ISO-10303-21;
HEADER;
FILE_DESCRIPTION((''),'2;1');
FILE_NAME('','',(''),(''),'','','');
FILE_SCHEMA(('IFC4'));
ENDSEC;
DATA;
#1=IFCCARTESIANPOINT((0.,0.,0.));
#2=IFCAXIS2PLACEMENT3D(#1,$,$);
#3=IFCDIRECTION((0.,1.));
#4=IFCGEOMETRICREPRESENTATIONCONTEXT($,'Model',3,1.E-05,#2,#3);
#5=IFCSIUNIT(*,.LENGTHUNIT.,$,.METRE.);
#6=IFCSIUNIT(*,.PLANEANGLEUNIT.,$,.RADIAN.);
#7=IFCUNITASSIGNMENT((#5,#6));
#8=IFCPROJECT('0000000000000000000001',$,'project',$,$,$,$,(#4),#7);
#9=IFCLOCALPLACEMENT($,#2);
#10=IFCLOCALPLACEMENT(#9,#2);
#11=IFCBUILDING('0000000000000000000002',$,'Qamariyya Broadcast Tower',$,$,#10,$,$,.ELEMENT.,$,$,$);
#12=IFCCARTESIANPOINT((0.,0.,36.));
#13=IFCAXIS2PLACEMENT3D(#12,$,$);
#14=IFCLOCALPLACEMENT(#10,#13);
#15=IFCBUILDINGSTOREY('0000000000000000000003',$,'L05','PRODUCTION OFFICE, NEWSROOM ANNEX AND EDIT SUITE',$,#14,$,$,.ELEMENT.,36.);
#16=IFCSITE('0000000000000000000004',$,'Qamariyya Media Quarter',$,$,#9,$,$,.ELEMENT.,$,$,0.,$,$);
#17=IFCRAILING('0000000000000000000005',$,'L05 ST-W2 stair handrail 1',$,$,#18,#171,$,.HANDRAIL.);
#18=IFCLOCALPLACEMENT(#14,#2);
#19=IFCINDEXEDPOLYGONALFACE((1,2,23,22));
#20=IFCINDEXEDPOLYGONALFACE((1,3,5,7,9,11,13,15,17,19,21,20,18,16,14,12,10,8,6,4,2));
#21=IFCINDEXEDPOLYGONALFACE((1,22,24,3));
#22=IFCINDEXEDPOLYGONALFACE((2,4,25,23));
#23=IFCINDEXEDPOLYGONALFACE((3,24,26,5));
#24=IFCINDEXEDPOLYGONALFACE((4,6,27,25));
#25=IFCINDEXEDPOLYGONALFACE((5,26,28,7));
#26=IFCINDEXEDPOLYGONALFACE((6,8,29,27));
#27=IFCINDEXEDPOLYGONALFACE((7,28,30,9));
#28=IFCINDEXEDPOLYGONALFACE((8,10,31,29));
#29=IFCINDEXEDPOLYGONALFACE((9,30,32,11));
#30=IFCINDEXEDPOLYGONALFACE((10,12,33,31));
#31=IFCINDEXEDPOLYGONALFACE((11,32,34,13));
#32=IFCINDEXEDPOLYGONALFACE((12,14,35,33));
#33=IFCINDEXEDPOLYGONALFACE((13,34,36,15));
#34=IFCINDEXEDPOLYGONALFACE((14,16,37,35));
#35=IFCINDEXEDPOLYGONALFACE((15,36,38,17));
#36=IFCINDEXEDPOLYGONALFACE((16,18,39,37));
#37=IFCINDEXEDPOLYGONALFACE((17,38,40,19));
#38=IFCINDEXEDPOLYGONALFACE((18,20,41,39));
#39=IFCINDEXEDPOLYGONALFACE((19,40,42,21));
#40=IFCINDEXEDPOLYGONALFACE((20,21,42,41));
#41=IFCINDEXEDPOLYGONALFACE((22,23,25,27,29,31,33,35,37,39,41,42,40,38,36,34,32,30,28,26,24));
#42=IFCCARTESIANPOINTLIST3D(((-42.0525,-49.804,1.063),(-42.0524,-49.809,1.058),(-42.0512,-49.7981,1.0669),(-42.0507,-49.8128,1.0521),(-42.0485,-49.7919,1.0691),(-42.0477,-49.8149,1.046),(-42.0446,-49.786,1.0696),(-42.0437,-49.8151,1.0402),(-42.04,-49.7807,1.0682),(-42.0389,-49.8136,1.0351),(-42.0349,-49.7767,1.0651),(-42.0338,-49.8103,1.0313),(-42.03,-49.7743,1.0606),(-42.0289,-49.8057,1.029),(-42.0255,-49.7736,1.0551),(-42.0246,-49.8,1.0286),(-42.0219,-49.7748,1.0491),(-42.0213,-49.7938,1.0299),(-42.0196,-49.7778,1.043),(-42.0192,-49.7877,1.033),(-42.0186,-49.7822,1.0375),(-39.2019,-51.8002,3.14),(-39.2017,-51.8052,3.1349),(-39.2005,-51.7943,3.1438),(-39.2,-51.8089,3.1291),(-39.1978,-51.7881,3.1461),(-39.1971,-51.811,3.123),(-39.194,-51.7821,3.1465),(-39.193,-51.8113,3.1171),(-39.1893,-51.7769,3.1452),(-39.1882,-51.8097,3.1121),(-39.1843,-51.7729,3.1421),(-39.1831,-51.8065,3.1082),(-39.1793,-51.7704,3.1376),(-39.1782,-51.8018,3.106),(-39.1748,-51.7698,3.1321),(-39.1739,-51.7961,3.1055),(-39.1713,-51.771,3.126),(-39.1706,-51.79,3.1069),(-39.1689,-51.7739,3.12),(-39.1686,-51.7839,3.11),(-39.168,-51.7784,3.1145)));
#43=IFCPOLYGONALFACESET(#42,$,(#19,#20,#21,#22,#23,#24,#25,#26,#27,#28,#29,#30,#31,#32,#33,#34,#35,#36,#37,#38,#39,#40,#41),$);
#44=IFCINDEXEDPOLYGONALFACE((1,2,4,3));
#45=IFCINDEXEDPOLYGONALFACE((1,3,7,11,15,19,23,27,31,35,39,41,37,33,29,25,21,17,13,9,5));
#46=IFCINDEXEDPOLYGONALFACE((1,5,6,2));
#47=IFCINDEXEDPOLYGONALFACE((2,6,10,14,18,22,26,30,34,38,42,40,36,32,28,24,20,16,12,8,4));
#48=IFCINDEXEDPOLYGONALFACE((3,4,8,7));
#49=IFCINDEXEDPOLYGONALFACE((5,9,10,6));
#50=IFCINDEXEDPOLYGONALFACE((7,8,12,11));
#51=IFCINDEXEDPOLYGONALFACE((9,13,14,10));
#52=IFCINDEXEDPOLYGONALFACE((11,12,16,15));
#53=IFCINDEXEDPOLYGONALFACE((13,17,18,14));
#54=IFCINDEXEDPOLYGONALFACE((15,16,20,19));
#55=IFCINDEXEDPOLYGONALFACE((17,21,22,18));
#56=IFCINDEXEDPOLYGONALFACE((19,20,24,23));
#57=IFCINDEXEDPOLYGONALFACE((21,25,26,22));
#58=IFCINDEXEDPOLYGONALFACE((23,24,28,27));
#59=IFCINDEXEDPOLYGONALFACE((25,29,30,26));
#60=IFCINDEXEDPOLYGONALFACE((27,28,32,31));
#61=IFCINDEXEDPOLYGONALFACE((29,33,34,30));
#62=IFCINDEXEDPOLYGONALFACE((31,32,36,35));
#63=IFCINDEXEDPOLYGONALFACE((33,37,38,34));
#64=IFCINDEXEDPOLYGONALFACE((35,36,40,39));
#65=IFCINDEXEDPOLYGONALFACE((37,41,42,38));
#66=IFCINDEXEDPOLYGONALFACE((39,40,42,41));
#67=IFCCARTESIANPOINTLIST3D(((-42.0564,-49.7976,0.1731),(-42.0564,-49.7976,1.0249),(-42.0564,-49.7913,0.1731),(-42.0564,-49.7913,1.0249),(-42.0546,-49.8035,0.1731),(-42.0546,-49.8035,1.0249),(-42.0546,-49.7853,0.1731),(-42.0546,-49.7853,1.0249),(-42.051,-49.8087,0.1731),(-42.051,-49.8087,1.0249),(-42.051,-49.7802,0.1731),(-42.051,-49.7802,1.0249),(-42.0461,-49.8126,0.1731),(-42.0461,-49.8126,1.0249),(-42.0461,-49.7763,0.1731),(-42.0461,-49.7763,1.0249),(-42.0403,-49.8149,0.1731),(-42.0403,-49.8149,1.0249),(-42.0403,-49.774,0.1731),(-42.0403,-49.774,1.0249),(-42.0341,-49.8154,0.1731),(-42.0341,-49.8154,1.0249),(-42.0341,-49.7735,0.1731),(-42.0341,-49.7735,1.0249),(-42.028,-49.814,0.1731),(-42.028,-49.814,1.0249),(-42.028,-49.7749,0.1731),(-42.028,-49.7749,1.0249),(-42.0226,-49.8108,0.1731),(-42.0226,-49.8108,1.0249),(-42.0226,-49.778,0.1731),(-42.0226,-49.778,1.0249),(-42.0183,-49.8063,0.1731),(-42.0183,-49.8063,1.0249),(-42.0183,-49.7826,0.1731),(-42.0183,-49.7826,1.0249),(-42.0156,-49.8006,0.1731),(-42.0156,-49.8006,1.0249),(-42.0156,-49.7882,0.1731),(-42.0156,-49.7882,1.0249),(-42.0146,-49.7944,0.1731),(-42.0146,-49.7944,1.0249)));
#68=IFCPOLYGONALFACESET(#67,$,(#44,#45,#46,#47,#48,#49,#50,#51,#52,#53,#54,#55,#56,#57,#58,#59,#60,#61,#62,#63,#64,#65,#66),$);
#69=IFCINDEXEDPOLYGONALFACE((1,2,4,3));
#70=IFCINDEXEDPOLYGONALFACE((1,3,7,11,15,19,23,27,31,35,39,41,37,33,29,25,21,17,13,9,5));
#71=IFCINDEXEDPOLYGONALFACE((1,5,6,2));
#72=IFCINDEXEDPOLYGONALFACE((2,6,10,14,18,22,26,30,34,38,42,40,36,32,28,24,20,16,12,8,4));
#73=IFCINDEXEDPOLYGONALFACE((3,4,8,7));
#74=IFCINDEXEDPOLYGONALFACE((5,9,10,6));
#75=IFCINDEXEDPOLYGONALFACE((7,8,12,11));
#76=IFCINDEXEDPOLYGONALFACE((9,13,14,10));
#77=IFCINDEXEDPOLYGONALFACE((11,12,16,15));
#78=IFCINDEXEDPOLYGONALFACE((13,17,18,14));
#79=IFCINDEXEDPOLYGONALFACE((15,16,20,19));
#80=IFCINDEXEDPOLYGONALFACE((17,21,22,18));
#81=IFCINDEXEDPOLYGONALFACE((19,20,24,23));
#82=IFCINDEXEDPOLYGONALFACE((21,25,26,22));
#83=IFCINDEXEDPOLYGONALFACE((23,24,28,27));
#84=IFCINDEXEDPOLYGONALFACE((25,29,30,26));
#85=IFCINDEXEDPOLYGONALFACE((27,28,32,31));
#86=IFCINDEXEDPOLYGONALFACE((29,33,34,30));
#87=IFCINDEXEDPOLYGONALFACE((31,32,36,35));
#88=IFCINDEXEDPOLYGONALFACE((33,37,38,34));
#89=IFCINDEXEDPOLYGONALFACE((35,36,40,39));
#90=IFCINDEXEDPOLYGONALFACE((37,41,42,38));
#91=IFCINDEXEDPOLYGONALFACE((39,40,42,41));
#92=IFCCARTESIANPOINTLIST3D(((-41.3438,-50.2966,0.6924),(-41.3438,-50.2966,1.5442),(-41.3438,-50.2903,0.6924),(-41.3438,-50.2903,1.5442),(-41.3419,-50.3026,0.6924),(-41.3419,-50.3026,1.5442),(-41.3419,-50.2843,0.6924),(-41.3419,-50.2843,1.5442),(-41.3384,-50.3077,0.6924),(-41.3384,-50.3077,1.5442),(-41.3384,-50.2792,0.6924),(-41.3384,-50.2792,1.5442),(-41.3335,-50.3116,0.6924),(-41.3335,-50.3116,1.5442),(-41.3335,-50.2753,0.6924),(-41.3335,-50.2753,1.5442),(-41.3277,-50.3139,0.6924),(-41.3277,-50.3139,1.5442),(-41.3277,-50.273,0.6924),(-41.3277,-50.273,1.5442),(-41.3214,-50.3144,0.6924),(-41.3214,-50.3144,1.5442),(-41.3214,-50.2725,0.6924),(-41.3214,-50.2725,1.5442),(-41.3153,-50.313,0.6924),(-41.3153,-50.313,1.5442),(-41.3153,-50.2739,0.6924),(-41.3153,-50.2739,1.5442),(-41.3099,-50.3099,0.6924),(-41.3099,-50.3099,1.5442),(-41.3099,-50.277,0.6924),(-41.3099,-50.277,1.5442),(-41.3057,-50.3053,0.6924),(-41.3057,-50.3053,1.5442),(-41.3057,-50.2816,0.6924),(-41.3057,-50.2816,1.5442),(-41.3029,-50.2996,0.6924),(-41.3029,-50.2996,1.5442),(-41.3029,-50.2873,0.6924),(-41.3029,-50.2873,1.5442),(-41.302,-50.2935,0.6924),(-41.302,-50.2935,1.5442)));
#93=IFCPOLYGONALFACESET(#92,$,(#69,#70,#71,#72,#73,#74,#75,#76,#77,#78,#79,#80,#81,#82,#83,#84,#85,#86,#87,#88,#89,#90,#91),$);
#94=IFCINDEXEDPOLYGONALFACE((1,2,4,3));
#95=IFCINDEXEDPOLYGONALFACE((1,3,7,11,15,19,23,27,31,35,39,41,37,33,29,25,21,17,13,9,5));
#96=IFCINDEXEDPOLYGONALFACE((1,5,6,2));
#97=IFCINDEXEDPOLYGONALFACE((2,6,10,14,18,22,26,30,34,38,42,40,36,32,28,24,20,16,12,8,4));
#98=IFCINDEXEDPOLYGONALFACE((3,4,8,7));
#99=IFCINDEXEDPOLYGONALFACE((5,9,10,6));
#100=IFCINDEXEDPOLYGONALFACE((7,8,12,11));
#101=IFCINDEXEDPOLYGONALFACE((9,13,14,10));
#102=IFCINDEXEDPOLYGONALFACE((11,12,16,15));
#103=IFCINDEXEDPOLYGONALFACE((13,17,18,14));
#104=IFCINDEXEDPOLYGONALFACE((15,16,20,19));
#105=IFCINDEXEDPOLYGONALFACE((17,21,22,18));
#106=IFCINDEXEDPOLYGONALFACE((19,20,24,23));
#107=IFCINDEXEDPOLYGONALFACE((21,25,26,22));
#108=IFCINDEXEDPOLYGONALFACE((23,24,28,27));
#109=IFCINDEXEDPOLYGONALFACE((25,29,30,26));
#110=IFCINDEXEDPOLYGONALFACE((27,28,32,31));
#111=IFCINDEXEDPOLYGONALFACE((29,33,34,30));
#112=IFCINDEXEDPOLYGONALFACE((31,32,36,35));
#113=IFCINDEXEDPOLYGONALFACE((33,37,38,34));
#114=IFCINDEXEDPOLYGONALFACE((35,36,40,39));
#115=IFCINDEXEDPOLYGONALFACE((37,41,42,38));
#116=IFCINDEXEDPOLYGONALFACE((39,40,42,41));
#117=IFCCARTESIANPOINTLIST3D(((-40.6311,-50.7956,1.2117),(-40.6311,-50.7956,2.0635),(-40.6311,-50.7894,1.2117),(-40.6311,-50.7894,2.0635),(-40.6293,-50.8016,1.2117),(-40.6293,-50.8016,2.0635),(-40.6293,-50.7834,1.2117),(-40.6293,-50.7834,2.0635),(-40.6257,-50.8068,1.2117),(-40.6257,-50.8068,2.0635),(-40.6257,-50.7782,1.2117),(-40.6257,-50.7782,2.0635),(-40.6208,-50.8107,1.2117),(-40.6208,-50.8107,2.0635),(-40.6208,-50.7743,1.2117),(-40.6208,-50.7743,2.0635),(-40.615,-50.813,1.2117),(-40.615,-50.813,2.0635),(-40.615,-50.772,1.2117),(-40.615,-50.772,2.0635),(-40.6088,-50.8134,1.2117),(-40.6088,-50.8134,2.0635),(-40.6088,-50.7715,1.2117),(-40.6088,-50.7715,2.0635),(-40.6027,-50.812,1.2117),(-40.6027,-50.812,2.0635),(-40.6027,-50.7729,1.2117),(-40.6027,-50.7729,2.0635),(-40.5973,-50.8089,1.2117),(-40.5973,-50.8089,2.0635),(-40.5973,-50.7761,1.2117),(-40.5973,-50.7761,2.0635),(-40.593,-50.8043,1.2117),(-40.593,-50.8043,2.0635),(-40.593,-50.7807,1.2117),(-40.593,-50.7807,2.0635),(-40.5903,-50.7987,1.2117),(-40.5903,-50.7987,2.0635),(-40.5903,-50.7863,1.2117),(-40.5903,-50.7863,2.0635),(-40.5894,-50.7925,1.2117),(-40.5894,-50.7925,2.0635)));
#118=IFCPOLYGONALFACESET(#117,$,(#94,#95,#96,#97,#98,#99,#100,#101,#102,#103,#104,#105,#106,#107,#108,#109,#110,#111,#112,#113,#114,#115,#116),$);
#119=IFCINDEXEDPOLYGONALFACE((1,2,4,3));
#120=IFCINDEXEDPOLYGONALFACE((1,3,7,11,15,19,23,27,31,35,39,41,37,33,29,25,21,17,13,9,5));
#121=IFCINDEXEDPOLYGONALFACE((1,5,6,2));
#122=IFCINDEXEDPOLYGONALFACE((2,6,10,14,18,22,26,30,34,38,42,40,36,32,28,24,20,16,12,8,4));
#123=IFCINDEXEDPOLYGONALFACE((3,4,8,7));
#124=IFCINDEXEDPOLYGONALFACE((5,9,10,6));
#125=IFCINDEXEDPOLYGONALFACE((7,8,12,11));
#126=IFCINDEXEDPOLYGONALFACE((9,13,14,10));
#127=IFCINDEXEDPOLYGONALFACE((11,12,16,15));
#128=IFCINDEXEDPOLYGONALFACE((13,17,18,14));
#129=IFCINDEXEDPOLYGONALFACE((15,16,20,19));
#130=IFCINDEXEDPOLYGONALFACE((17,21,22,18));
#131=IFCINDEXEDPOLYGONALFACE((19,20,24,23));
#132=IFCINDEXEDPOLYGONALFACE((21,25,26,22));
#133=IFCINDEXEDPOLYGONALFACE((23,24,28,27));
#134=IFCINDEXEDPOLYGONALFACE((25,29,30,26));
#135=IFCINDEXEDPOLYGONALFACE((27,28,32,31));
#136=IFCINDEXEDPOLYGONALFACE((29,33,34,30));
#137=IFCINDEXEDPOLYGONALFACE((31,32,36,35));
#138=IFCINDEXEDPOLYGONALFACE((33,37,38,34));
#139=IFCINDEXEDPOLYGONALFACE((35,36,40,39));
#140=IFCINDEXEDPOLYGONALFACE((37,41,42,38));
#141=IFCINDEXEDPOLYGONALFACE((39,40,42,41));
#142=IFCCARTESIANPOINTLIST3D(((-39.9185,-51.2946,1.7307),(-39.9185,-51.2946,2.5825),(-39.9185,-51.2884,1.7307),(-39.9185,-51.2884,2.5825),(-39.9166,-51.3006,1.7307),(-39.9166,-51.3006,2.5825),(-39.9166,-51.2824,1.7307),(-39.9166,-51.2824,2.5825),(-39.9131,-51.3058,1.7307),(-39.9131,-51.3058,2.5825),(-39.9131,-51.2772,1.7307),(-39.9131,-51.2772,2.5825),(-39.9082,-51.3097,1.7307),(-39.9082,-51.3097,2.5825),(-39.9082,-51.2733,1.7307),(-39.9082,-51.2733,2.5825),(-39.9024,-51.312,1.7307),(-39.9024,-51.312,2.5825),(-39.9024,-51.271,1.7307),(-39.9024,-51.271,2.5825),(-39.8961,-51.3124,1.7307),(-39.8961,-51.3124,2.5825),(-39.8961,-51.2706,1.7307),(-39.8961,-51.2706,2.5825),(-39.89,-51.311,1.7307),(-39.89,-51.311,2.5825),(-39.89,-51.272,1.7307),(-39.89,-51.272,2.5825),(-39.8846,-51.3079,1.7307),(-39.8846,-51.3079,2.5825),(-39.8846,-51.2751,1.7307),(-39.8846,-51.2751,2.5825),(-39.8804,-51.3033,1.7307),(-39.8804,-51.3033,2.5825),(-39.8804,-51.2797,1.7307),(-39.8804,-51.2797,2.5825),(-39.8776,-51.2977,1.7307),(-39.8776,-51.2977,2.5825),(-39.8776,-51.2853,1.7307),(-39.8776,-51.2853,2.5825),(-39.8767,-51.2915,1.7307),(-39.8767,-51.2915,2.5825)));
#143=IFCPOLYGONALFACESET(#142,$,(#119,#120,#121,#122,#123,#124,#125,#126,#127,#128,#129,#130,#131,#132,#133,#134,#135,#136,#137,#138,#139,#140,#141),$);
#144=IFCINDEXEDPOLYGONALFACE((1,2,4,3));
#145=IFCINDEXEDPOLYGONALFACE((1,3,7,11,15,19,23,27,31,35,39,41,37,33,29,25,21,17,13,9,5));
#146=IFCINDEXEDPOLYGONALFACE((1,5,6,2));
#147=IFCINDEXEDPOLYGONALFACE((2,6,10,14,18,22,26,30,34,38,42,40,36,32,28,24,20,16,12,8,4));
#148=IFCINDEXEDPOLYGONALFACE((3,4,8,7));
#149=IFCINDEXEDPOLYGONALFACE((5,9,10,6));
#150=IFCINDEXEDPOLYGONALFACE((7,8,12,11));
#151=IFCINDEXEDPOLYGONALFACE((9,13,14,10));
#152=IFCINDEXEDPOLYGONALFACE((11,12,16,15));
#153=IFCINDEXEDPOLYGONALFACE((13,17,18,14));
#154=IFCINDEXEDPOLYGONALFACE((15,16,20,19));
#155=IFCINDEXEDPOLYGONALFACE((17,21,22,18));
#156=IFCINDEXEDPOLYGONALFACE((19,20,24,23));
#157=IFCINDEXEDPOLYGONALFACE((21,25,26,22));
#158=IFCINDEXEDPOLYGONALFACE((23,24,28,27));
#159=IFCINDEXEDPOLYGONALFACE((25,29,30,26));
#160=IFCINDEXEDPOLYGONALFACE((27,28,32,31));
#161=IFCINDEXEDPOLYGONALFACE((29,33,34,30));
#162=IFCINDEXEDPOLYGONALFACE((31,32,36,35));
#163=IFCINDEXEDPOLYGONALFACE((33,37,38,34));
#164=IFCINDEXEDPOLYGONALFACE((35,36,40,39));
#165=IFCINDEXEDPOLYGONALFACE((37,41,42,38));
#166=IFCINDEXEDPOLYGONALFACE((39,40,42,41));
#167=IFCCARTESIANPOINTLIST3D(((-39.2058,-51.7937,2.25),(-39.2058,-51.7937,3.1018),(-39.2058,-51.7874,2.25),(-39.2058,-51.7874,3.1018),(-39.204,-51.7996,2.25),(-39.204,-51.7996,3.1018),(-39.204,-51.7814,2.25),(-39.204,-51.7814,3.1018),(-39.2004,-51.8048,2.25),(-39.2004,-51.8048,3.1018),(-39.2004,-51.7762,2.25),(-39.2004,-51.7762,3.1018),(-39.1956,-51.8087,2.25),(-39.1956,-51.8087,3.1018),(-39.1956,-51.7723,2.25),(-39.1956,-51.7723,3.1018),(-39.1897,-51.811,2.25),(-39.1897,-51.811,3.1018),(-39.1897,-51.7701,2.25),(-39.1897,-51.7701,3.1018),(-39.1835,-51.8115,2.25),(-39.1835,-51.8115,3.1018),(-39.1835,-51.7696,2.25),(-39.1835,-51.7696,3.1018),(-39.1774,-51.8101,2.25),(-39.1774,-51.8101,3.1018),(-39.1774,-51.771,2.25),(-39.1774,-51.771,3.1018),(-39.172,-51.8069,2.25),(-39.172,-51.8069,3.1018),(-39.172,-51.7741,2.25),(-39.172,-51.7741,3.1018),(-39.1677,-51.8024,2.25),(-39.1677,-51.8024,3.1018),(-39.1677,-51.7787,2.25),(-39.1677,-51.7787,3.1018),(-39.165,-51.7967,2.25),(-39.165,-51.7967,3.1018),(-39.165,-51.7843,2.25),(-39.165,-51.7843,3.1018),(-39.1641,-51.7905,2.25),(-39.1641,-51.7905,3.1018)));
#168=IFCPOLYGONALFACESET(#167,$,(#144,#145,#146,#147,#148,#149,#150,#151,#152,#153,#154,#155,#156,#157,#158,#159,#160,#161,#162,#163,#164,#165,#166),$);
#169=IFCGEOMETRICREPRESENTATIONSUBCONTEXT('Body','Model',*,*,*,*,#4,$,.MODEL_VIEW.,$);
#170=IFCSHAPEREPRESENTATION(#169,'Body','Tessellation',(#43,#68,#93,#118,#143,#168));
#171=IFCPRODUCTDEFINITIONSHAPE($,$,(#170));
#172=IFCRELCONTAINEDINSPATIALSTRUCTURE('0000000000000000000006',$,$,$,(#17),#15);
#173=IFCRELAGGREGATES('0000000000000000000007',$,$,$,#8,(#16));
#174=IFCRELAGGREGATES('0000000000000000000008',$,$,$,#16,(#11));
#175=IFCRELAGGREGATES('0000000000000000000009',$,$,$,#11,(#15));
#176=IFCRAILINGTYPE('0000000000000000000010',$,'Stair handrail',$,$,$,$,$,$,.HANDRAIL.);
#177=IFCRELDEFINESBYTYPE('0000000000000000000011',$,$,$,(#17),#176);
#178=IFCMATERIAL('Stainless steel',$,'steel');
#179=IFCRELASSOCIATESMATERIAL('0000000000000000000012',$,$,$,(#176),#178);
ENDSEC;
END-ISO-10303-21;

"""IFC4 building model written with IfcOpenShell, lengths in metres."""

from ifc_helpers import new_model, si_unit, direction, frame, origin, origin_2d, place, context, subcontext, project, spatial, circle, extrude, material, type_object, element, save


model = new_model("IFC4")

# Units and contexts
model_context = context("Model", 3, precision=1e-05, world=origin(), true_north=direction((0.0, 1.0)))
body_context = subcontext(model_context, "Body", "Model", "MODEL_VIEW")
ifc_project = project(units=[si_unit("LENGTHUNIT", "METRE"), si_unit("PLANEANGLEUNIT", "RADIAN")], contexts=[model_context])

# Site, building, storey
site_placement = place(None, origin())
site = spatial("IfcSite", under=ifc_project, at=site_placement, Name="Qamariyya Media Quarter", CompositionType="ELEMENT", RefElevation=0.0)
building_placement = place(site_placement, origin())
building = spatial("IfcBuilding", under=site, at=building_placement, Name="Qamariyya Broadcast Tower", CompositionType="ELEMENT")
storey_placement = place(building_placement, frame((0.0, 0.0, 36.0)))
storey = spatial("IfcBuildingStorey", under=building, at=storey_placement, Name="L05", Description="PRODUCTION OFFICE, NEWSROOM ANNEX AND EDIT SUITE", CompositionType="ELEMENT", Elevation=36.0)

# Railing
ifc_material_1 = material(Name="Stainless steel", Category="steel")
railing_type_1 = type_object("IfcRailingType", Name="Stair handrail", PredefinedType="HANDRAIL", material=ifc_material_1)
railing_1_placement = place(storey_placement, frame((-42.0356, -49.7944, 0.1731)))
element("IfcRailing", 1, at=railing_1_placement, inside=storey, type_object=railing_type_1, Name="L05 ST-W2 stair handrail 1", PredefinedType="HANDRAIL", context=body_context, shape_type="SweptSolid", body=[
    extrude(circle(Radius=0.0239, at=origin_2d()), frame((0.0, 0.0, 0.876), z_axis=(0.703393, -0.492544, 0.512484), x_axis=(0.573594, 0.81914, 0.0)), (0.0, 0.0, 1.0), 4.0527),
    extrude(circle(Radius=0.021, at=origin_2d()), origin(), (0.0, 0.0, 1.0), 0.8518),
    extrude(circle(Radius=0.021, at=origin_2d()), frame((0.7126, -0.499, 0.5193)), (0.0, 0.0, 1.0), 0.8518),
    extrude(circle(Radius=0.021, at=origin_2d()), frame((1.4253, -0.998, 1.0386)), (0.0, 0.0, 1.0), 0.8518),
    extrude(circle(Radius=0.021, at=origin_2d()), frame((2.1379, -1.4971, 1.5576)), (0.0, 0.0, 1.0), 0.8518),
    extrude(circle(Radius=0.021, at=origin_2d()), frame((2.8506, -1.9961, 2.0769)), (0.0, 0.0, 1.0), 0.8518),
])

save(model, "model.ifc")
